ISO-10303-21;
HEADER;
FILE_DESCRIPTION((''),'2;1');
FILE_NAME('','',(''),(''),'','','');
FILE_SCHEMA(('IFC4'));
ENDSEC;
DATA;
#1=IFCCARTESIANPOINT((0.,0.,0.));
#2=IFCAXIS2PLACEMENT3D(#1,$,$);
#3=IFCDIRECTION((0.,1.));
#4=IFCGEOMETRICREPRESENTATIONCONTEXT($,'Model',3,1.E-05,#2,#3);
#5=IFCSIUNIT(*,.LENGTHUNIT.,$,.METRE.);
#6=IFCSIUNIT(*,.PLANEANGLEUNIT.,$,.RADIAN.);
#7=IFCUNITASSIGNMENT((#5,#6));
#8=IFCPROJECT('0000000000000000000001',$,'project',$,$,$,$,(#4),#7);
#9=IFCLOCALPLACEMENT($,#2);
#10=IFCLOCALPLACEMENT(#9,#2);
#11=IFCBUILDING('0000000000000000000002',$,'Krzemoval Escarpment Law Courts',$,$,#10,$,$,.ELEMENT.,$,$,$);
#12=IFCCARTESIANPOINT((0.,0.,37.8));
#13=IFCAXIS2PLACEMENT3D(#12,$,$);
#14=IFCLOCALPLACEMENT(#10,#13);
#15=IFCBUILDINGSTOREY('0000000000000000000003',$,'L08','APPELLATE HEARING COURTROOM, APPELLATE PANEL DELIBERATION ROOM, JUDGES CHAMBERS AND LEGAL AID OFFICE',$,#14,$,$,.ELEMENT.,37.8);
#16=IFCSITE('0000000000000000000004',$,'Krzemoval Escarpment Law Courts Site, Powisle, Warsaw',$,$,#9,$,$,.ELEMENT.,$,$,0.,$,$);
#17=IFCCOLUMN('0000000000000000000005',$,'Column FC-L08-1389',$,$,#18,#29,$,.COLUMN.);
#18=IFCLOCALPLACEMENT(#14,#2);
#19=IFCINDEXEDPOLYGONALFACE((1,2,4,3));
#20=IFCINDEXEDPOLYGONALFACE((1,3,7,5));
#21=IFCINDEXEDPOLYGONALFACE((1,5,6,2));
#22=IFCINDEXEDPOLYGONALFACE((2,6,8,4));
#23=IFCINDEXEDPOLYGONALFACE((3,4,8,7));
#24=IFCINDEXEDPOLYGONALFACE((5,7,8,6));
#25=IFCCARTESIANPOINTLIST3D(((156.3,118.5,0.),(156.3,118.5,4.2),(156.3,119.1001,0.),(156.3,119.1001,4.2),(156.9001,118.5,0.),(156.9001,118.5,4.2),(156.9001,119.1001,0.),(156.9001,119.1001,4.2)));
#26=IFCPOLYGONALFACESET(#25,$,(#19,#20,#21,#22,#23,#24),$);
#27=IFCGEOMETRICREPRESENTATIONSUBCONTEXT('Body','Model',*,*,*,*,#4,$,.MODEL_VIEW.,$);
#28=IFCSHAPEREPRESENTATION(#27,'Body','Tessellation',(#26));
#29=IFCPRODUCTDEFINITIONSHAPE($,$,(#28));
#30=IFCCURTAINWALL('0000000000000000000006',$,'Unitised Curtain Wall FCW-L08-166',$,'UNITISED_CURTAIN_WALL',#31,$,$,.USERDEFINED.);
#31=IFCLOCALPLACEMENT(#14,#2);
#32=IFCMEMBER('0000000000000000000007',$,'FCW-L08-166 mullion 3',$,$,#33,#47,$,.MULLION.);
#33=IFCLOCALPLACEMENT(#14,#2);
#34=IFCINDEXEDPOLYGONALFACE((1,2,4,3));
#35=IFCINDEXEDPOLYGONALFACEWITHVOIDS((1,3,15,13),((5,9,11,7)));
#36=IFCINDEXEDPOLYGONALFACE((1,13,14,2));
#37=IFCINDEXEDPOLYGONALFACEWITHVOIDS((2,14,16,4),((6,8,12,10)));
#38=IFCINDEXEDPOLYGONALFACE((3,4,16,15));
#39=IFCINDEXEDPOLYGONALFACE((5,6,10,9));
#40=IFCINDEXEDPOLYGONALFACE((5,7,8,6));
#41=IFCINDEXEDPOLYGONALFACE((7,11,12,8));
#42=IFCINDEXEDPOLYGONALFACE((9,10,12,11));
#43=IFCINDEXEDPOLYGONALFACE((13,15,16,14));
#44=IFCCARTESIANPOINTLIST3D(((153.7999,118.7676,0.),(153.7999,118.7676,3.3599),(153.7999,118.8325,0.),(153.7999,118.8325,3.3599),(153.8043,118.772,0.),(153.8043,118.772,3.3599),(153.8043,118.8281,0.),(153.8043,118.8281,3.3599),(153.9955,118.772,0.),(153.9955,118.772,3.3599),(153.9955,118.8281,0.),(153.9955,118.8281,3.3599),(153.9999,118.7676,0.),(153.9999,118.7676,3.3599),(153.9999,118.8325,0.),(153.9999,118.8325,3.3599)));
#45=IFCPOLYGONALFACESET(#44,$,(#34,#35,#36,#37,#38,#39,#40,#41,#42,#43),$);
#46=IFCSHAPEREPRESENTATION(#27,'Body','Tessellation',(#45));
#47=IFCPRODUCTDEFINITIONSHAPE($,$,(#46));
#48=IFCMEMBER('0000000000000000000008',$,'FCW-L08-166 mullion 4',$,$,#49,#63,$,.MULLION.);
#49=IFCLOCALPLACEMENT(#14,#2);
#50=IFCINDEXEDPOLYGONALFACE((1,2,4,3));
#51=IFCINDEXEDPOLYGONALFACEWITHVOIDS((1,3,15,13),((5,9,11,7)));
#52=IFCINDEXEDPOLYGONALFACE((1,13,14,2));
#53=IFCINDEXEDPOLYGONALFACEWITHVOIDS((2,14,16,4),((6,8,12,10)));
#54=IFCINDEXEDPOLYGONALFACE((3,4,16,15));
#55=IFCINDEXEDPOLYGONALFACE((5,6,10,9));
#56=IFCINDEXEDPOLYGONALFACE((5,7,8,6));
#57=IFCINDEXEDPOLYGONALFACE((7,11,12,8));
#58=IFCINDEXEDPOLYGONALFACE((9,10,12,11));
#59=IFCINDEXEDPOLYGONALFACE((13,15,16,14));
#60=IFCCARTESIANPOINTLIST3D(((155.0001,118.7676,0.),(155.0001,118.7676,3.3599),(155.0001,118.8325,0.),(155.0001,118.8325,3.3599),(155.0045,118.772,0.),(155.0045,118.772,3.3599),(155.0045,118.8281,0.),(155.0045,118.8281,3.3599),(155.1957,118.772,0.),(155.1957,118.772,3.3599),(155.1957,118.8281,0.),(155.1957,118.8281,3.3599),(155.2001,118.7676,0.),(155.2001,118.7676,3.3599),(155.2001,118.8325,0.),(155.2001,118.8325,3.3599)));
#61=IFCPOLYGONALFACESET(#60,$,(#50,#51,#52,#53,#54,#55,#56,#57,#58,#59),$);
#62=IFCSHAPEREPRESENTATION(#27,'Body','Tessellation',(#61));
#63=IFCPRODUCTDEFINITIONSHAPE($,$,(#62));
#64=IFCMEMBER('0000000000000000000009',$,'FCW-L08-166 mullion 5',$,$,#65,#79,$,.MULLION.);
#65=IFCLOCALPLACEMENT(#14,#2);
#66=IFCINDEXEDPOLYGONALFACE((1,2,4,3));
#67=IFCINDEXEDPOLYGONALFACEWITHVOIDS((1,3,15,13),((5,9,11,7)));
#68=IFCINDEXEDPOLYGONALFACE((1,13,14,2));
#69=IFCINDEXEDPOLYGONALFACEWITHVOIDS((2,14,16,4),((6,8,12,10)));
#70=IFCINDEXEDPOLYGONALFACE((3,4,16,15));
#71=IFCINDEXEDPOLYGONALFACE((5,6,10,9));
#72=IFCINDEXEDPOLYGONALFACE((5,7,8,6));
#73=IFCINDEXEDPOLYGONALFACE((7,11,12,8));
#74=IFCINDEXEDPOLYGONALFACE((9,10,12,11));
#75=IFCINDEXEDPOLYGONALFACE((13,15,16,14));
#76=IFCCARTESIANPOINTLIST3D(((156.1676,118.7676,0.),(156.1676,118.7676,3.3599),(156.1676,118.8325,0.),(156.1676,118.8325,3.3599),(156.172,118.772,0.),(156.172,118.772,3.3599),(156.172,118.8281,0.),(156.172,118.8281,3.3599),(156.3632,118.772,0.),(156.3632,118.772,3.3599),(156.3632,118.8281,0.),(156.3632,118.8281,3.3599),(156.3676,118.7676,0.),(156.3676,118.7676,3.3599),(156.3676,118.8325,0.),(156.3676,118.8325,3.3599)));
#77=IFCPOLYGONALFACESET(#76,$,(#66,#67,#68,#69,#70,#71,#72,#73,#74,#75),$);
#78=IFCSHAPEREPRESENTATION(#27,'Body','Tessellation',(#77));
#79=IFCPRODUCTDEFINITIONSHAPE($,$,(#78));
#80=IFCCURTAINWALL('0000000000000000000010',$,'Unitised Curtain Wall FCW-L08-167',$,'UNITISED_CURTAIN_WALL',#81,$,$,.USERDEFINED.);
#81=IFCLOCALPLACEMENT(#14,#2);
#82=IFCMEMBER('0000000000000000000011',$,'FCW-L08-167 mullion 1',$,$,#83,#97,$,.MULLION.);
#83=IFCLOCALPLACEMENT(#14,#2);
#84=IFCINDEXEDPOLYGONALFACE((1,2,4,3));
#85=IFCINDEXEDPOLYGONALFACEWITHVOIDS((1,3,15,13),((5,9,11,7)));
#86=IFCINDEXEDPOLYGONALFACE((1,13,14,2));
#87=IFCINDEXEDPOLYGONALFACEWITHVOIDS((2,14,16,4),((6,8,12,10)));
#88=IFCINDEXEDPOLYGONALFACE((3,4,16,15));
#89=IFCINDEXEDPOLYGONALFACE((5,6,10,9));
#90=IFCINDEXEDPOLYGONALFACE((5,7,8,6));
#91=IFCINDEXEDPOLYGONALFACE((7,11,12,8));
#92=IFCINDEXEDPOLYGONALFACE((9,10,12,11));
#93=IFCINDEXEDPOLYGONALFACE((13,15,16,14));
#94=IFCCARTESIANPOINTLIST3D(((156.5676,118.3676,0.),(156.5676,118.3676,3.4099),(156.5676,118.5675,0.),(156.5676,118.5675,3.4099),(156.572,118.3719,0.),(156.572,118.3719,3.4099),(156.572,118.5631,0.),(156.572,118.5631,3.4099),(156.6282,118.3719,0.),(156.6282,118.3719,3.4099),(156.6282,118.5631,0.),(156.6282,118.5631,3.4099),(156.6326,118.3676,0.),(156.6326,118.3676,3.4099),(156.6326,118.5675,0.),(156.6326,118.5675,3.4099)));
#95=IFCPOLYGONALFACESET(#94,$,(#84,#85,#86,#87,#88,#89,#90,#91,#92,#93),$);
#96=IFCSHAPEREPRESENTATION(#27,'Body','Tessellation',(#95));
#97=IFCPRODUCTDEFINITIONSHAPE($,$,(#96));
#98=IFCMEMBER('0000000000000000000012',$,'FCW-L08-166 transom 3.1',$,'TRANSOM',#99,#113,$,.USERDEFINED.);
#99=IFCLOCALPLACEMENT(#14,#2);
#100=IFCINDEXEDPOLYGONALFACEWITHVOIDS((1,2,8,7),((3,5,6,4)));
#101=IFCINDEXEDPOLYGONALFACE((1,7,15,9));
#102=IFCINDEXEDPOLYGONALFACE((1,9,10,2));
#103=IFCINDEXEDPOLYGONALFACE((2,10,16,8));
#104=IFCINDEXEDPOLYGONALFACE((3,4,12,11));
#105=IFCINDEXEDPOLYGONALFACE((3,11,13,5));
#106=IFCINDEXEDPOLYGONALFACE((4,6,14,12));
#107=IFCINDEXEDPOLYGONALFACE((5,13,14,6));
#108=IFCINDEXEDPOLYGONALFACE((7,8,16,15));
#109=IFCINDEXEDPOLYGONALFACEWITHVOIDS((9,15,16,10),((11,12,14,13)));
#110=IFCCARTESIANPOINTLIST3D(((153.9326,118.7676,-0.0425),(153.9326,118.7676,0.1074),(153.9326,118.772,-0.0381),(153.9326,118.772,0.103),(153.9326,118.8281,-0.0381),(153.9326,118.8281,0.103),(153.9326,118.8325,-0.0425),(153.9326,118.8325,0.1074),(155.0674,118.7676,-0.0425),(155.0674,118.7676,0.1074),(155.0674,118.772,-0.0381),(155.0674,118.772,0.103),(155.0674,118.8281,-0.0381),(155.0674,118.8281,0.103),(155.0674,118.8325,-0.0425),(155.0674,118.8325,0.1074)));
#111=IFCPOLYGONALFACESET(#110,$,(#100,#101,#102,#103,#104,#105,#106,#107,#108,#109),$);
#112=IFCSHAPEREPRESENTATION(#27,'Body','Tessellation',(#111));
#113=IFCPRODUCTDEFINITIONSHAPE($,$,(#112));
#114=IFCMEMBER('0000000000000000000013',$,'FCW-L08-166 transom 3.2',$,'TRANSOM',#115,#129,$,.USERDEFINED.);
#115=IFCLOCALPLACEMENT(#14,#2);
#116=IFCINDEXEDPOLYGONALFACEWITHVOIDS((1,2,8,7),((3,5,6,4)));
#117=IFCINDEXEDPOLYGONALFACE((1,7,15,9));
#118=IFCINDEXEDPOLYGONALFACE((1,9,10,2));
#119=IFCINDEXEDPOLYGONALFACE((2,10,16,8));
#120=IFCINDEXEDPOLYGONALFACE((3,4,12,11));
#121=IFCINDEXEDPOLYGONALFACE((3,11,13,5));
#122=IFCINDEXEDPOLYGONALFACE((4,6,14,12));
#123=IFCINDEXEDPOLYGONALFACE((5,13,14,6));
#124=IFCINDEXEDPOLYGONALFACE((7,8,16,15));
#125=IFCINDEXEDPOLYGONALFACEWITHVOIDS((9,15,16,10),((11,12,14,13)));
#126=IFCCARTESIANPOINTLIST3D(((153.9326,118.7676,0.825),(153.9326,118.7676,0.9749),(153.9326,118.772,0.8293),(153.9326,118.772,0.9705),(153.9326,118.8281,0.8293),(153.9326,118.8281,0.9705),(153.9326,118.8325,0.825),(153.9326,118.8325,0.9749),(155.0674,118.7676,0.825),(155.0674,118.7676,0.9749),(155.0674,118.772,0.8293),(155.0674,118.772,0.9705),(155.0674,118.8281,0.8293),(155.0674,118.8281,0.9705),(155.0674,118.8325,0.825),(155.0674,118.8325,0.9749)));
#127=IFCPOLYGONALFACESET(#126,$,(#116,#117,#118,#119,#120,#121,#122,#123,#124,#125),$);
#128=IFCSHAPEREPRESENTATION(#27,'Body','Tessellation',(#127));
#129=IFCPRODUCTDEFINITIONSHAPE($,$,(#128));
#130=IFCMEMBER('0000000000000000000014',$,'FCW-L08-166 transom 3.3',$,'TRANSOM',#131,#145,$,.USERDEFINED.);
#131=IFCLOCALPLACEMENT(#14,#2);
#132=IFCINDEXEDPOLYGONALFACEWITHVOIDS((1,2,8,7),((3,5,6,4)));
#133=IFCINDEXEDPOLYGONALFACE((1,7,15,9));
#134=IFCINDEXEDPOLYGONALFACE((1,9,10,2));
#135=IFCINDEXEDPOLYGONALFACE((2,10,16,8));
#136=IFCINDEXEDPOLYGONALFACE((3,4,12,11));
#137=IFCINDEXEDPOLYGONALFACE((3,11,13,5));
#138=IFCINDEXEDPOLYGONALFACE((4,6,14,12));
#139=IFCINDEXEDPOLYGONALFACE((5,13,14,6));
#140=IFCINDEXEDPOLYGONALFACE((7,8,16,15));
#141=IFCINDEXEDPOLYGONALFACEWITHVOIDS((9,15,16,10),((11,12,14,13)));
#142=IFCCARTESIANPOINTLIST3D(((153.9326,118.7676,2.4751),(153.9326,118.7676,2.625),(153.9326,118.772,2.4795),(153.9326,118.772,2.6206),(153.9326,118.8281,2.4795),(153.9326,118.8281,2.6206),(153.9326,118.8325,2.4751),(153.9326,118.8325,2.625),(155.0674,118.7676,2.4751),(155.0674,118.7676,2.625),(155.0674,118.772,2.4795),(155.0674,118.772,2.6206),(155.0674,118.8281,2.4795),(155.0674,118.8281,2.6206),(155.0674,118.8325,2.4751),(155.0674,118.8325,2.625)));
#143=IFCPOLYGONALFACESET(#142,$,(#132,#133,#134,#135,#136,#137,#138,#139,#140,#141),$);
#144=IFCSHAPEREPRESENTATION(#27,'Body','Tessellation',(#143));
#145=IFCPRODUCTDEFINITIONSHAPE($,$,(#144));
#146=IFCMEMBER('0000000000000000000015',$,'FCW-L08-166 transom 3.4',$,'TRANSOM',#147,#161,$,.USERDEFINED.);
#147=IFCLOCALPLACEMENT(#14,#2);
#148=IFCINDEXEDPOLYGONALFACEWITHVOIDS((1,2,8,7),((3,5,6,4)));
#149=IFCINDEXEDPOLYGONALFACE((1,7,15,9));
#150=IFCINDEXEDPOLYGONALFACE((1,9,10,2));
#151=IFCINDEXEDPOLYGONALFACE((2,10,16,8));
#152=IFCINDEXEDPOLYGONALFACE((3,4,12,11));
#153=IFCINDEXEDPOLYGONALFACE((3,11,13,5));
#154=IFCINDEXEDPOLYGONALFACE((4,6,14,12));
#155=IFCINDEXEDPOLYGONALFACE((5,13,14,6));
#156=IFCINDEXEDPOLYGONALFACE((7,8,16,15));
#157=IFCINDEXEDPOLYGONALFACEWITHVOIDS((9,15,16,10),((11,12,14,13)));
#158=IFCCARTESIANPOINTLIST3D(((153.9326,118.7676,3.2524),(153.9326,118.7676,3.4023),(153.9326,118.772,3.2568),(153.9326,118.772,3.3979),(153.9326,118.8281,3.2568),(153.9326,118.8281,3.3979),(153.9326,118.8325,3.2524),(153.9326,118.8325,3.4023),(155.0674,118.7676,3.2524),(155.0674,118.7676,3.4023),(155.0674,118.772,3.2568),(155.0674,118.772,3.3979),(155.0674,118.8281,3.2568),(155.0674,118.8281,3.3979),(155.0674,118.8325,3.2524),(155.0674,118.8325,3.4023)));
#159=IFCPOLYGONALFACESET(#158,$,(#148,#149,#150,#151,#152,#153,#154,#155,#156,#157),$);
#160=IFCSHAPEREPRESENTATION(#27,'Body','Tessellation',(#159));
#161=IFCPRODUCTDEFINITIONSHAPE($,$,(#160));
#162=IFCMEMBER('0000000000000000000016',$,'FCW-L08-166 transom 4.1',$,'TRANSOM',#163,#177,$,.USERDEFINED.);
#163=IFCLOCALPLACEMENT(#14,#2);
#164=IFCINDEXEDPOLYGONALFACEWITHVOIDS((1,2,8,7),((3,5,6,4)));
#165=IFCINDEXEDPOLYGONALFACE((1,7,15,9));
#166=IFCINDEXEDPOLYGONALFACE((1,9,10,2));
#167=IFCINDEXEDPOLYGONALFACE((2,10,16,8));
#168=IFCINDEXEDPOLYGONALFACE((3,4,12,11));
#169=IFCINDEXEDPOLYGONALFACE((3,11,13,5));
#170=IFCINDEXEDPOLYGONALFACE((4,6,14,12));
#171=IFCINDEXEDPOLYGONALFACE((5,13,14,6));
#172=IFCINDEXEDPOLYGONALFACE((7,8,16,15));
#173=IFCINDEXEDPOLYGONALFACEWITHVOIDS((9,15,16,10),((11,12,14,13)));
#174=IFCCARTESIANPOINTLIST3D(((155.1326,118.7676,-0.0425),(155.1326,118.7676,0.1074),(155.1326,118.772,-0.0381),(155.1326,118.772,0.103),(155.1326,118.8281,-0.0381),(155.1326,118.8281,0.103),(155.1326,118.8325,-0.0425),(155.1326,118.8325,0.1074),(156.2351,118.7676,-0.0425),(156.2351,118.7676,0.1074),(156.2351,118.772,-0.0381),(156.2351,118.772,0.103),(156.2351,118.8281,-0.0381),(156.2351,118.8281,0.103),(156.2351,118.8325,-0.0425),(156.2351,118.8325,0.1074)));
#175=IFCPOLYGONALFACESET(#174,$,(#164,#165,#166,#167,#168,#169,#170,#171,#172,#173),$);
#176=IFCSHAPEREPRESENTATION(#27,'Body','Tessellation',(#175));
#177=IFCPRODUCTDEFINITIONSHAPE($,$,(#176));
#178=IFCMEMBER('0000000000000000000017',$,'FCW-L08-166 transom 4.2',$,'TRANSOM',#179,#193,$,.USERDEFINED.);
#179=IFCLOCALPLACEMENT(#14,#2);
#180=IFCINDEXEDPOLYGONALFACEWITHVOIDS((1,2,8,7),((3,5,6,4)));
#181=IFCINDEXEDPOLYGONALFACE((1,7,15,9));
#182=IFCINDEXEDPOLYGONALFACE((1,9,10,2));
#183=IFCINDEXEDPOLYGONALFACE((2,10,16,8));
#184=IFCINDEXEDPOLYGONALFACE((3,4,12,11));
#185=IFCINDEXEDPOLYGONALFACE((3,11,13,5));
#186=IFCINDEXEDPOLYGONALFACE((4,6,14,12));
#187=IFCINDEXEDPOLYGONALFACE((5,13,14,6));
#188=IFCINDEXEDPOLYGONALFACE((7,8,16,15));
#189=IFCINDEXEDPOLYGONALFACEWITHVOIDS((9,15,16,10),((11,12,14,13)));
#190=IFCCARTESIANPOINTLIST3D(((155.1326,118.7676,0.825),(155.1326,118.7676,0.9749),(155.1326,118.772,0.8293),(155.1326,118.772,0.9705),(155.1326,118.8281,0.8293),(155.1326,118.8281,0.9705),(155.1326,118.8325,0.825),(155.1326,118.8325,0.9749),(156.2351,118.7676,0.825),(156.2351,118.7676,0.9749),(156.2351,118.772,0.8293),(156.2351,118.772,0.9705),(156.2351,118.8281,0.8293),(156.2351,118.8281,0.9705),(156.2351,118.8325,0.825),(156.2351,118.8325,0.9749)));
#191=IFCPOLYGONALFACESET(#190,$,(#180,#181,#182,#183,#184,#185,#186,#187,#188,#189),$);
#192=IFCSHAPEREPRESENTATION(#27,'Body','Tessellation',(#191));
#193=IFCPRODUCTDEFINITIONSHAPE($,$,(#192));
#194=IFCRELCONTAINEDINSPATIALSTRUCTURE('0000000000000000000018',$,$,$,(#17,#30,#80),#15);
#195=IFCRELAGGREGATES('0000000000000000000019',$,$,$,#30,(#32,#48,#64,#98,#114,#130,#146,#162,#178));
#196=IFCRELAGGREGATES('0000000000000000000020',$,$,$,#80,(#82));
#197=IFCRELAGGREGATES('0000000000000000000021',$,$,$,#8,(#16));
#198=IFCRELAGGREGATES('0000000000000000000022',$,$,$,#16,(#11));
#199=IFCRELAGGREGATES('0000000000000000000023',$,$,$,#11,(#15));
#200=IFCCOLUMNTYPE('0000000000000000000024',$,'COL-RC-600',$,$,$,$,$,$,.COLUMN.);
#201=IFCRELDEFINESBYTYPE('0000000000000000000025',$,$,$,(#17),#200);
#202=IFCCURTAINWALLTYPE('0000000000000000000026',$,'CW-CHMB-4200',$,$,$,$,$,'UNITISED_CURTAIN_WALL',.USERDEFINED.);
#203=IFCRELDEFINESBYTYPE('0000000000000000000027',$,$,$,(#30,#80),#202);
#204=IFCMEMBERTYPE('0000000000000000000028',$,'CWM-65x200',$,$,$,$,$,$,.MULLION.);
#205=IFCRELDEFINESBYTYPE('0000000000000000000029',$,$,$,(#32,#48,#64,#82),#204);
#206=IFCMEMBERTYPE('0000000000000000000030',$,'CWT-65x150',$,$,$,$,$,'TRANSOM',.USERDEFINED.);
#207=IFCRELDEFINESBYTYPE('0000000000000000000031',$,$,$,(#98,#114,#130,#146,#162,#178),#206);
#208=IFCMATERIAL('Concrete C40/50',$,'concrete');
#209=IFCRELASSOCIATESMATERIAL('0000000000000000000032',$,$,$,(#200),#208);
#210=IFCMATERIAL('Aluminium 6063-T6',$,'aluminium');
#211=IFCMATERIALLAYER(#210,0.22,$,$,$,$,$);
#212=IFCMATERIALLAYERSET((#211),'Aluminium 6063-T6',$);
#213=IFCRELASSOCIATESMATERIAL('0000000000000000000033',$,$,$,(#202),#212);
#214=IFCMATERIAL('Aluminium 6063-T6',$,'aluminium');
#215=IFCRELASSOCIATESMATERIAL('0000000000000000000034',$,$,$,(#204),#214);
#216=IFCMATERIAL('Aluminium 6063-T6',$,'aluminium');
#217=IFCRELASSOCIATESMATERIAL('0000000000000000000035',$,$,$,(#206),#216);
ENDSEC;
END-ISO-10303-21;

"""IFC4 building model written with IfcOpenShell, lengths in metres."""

from ifc_helpers import new_model, si_unit, direction, frame, origin, origin_2d, place, context, subcontext, project, spatial, rectangle, hollow_rectangle, extrude, material, layer, layer_set, material_profile, profile_set, type_object, element, aggregate, save


model = new_model("IFC4")

# Units and contexts
model_context = context("Model", 3, precision=1e-05, world=origin(), true_north=direction((0.0, 1.0)))
body_context = subcontext(model_context, "Body", "Model", "MODEL_VIEW")
ifc_project = project(units=[si_unit("LENGTHUNIT", "METRE"), si_unit("PLANEANGLEUNIT", "RADIAN")], contexts=[model_context])

# Site, building, storey
site_placement = place(None, origin())
site = spatial("IfcSite", under=ifc_project, at=site_placement, Name="Krzemoval Escarpment Law Courts Site, Powisle, Warsaw", CompositionType="ELEMENT", RefElevation=0.0)
building_placement = place(site_placement, origin())
building = spatial("IfcBuilding", under=site, at=building_placement, Name="Krzemoval Escarpment Law Courts", CompositionType="ELEMENT")
storey_placement = place(building_placement, frame((0.0, 0.0, 37.8)))
storey = spatial("IfcBuildingStorey", under=building, at=storey_placement, Name="L08", Description="APPELLATE HEARING COURTROOM, APPELLATE PANEL DELIBERATION ROOM, JUDGES CHAMBERS AND LEGAL AID OFFICE", CompositionType="ELEMENT", Elevation=37.8)

# Column
ifc_material_1 = material(Name="Concrete C40/50", Category="concrete")
ifc_material_profile_1 = material_profile(ifc_material_1, rectangle(XDim=0.6001, YDim=0.6001, at=origin_2d()), Name="RC 600x600")
ifc_profile_set_1 = profile_set([ifc_material_profile_1], Name="Concrete C40/50")
column_type = type_object("IfcColumnType", Name="COL-RC-600", PredefinedType="COLUMN", material=ifc_profile_set_1)
column_placement = place(storey_placement, frame((156.6001, 118.8, 0.0), z_axis=(0.0, 0.0, 1.0), x_axis=(1.0, 0.0, 0.0)))
element("IfcColumn", 1, at=column_placement, inside=storey, type_object=column_type, Name="Column FC-L08-1389", PredefinedType="COLUMN", context=body_context, shape_type="SweptSolid", body=[
    extrude(rectangle(XDim=0.6001, YDim=0.6001, at=origin_2d()), origin(), (0.0, 0.0, 1.0), 4.2),
])

# Curtain wall, members
ifc_material_2 = material(Name="Aluminium 6063-T6", Category="aluminium")
ifc_layer_1 = layer(ifc_material_2, 0.22)
ifc_layer_set_1 = layer_set([ifc_layer_1], Name="Aluminium 6063-T6")
curtain_wall_type = type_object("IfcCurtainWallType", Name="CW-CHMB-4200", ElementType="UNITISED_CURTAIN_WALL", PredefinedType="USERDEFINED", material=ifc_layer_set_1)
curtain_wall_1_placement = place(storey_placement, origin())
curtain_wall_1 = element("IfcCurtainWall", 2, at=curtain_wall_1_placement, inside=storey, type_object=curtain_wall_type, Name="Unitised Curtain Wall FCW-L08-166", ObjectType="UNITISED_CURTAIN_WALL", PredefinedType="USERDEFINED")
ifc_material_3 = material(Name="Aluminium 6063-T6", Category="aluminium")
ifc_material_profile_2 = material_profile(ifc_material_3, hollow_rectangle(XDim=0.0649, YDim=0.2, WallThickness=0.0044, at=origin_2d()), Name="ALU M65x200")
ifc_profile_set_2 = profile_set([ifc_material_profile_2], Name="Aluminium 6063-T6")
member_type_1 = type_object("IfcMemberType", Name="CWM-65x200", PredefinedType="MULLION", material=ifc_profile_set_2)
member_1_placement = place(storey_placement, frame((153.8999, 118.8, 0.0), z_axis=(0.0, 0.0, 1.0), x_axis=(0.0, 1.0, 0.0)))
member_1 = element("IfcMember", 3, at=member_1_placement, type_object=member_type_1, Name="FCW-L08-166 mullion 3", PredefinedType="MULLION", context=body_context, shape_type="SweptSolid", body=[
    extrude(hollow_rectangle(XDim=0.0649, YDim=0.2, WallThickness=0.0044, at=origin_2d()), origin(), (0.0, 0.0, 1.0), 3.3599),
])
member_2_placement = place(storey_placement, frame((155.1001, 118.8, 0.0), z_axis=(0.0, 0.0, 1.0), x_axis=(0.0, 1.0, 0.0)))
member_2 = element("IfcMember", 4, at=member_2_placement, type_object=member_type_1, Name="FCW-L08-166 mullion 4", PredefinedType="MULLION", context=body_context, shape_type="SweptSolid", body=[
    extrude(hollow_rectangle(XDim=0.0649, YDim=0.2, WallThickness=0.0044, at=origin_2d()), origin(), (0.0, 0.0, 1.0), 3.3599),
])
member_3_placement = place(storey_placement, frame((156.2676, 118.8, 0.0), z_axis=(0.0, 0.0, 1.0), x_axis=(0.0, 1.0, 0.0)))
member_3 = element("IfcMember", 5, at=member_3_placement, type_object=member_type_1, Name="FCW-L08-166 mullion 5", PredefinedType="MULLION", context=body_context, shape_type="SweptSolid", body=[
    extrude(hollow_rectangle(XDim=0.0649, YDim=0.2, WallThickness=0.0044, at=origin_2d()), origin(), (0.0, 0.0, 1.0), 3.3599),
])

# Curtain wall, member
curtain_wall_2_placement = place(storey_placement, origin())
curtain_wall_2 = element("IfcCurtainWall", 6, at=curtain_wall_2_placement, inside=storey, type_object=curtain_wall_type, Name="Unitised Curtain Wall FCW-L08-167", ObjectType="UNITISED_CURTAIN_WALL", PredefinedType="USERDEFINED")
member_4_placement = place(storey_placement, frame((156.6001, 118.4675, 0.0), z_axis=(0.0, 0.0, 1.0), x_axis=(1.0, 0.0, 0.0)))
member_4 = element("IfcMember", 7, at=member_4_placement, type_object=member_type_1, Name="FCW-L08-167 mullion 1", PredefinedType="MULLION", context=body_context, shape_type="SweptSolid", body=[
    extrude(hollow_rectangle(XDim=0.0649, YDim=0.2, WallThickness=0.0044, at=origin_2d()), origin(), (0.0, 0.0, 1.0), 3.4099),
])

# Members
ifc_material_4 = material(Name="Aluminium 6063-T6", Category="aluminium")
ifc_material_profile_3 = material_profile(ifc_material_4, hollow_rectangle(XDim=0.0649, YDim=0.1499, WallThickness=0.0044, at=origin_2d()), Name="ALU T65x150")
ifc_profile_set_3 = profile_set([ifc_material_profile_3], Name="Aluminium 6063-T6")
member_type_2 = type_object("IfcMemberType", Name="CWT-65x150", ElementType="TRANSOM", PredefinedType="USERDEFINED", material=ifc_profile_set_3)
member_5_placement = place(storey_placement, frame((153.9326, 118.8, 0.0325), z_axis=(1.0, 0.0, 0.0), x_axis=(0.0, 1.0, 0.0)))
member_5 = element("IfcMember", 8, at=member_5_placement, type_object=member_type_2, Name="FCW-L08-166 transom 3.1", ObjectType="TRANSOM", PredefinedType="USERDEFINED", context=body_context, shape_type="SweptSolid", body=[
    extrude(hollow_rectangle(XDim=0.0649, YDim=0.1499, WallThickness=0.0044, at=origin_2d()), origin(), (0.0, 0.0, 1.0), 1.1348),
])
member_6_placement = place(storey_placement, frame((153.9326, 118.8, 0.8999), z_axis=(1.0, 0.0, 0.0), x_axis=(0.0, 1.0, 0.0)))
member_6 = element("IfcMember", 9, at=member_6_placement, type_object=member_type_2, Name="FCW-L08-166 transom 3.2", ObjectType="TRANSOM", PredefinedType="USERDEFINED", context=body_context, shape_type="SweptSolid", body=[
    extrude(hollow_rectangle(XDim=0.0649, YDim=0.1499, WallThickness=0.0044, at=origin_2d()), origin(), (0.0, 0.0, 1.0), 1.1348),
])
member_7_placement = place(storey_placement, frame((153.9326, 118.8, 2.55), z_axis=(1.0, 0.0, 0.0), x_axis=(0.0, 1.0, 0.0)))
member_7 = element("IfcMember", 10, at=member_7_placement, type_object=member_type_2, Name="FCW-L08-166 transom 3.3", ObjectType="TRANSOM", PredefinedType="USERDEFINED", context=body_context, shape_type="SweptSolid", body=[
    extrude(hollow_rectangle(XDim=0.0649, YDim=0.1499, WallThickness=0.0044, at=origin_2d()), origin(), (0.0, 0.0, 1.0), 1.1348),
])
member_8_placement = place(storey_placement, frame((153.9326, 118.8, 3.3274), z_axis=(1.0, 0.0, 0.0), x_axis=(0.0, 1.0, 0.0)))
member_8 = element("IfcMember", 11, at=member_8_placement, type_object=member_type_2, Name="FCW-L08-166 transom 3.4", ObjectType="TRANSOM", PredefinedType="USERDEFINED", context=body_context, shape_type="SweptSolid", body=[
    extrude(hollow_rectangle(XDim=0.0649, YDim=0.1499, WallThickness=0.0044, at=origin_2d()), origin(), (0.0, 0.0, 1.0), 1.1348),
])
member_9_placement = place(storey_placement, frame((155.1326, 118.8, 0.0325), z_axis=(1.0, 0.0, 0.0), x_axis=(0.0, 1.0, 0.0)))
member_9 = element("IfcMember", 12, at=member_9_placement, type_object=member_type_2, Name="FCW-L08-166 transom 4.1", ObjectType="TRANSOM", PredefinedType="USERDEFINED", context=body_context, shape_type="SweptSolid", body=[
    extrude(hollow_rectangle(XDim=0.0649, YDim=0.1499, WallThickness=0.0044, at=origin_2d()), origin(), (0.0, 0.0, 1.0), 1.1025),
])
member_10_placement = place(storey_placement, frame((155.1326, 118.8, 0.8999), z_axis=(1.0, 0.0, 0.0), x_axis=(0.0, 1.0, 0.0)))
member_10 = element("IfcMember", 13, at=member_10_placement, type_object=member_type_2, Name="FCW-L08-166 transom 4.2", ObjectType="TRANSOM", PredefinedType="USERDEFINED", context=body_context, shape_type="SweptSolid", body=[
    extrude(hollow_rectangle(XDim=0.0649, YDim=0.1499, WallThickness=0.0044, at=origin_2d()), origin(), (0.0, 0.0, 1.0), 1.1025),
])

aggregate(curtain_wall_1, [member_1, member_2, member_3, member_5, member_6, member_7, member_8, member_9, member_10])
aggregate(curtain_wall_2, [member_4])

save(model, "model.ifc")
